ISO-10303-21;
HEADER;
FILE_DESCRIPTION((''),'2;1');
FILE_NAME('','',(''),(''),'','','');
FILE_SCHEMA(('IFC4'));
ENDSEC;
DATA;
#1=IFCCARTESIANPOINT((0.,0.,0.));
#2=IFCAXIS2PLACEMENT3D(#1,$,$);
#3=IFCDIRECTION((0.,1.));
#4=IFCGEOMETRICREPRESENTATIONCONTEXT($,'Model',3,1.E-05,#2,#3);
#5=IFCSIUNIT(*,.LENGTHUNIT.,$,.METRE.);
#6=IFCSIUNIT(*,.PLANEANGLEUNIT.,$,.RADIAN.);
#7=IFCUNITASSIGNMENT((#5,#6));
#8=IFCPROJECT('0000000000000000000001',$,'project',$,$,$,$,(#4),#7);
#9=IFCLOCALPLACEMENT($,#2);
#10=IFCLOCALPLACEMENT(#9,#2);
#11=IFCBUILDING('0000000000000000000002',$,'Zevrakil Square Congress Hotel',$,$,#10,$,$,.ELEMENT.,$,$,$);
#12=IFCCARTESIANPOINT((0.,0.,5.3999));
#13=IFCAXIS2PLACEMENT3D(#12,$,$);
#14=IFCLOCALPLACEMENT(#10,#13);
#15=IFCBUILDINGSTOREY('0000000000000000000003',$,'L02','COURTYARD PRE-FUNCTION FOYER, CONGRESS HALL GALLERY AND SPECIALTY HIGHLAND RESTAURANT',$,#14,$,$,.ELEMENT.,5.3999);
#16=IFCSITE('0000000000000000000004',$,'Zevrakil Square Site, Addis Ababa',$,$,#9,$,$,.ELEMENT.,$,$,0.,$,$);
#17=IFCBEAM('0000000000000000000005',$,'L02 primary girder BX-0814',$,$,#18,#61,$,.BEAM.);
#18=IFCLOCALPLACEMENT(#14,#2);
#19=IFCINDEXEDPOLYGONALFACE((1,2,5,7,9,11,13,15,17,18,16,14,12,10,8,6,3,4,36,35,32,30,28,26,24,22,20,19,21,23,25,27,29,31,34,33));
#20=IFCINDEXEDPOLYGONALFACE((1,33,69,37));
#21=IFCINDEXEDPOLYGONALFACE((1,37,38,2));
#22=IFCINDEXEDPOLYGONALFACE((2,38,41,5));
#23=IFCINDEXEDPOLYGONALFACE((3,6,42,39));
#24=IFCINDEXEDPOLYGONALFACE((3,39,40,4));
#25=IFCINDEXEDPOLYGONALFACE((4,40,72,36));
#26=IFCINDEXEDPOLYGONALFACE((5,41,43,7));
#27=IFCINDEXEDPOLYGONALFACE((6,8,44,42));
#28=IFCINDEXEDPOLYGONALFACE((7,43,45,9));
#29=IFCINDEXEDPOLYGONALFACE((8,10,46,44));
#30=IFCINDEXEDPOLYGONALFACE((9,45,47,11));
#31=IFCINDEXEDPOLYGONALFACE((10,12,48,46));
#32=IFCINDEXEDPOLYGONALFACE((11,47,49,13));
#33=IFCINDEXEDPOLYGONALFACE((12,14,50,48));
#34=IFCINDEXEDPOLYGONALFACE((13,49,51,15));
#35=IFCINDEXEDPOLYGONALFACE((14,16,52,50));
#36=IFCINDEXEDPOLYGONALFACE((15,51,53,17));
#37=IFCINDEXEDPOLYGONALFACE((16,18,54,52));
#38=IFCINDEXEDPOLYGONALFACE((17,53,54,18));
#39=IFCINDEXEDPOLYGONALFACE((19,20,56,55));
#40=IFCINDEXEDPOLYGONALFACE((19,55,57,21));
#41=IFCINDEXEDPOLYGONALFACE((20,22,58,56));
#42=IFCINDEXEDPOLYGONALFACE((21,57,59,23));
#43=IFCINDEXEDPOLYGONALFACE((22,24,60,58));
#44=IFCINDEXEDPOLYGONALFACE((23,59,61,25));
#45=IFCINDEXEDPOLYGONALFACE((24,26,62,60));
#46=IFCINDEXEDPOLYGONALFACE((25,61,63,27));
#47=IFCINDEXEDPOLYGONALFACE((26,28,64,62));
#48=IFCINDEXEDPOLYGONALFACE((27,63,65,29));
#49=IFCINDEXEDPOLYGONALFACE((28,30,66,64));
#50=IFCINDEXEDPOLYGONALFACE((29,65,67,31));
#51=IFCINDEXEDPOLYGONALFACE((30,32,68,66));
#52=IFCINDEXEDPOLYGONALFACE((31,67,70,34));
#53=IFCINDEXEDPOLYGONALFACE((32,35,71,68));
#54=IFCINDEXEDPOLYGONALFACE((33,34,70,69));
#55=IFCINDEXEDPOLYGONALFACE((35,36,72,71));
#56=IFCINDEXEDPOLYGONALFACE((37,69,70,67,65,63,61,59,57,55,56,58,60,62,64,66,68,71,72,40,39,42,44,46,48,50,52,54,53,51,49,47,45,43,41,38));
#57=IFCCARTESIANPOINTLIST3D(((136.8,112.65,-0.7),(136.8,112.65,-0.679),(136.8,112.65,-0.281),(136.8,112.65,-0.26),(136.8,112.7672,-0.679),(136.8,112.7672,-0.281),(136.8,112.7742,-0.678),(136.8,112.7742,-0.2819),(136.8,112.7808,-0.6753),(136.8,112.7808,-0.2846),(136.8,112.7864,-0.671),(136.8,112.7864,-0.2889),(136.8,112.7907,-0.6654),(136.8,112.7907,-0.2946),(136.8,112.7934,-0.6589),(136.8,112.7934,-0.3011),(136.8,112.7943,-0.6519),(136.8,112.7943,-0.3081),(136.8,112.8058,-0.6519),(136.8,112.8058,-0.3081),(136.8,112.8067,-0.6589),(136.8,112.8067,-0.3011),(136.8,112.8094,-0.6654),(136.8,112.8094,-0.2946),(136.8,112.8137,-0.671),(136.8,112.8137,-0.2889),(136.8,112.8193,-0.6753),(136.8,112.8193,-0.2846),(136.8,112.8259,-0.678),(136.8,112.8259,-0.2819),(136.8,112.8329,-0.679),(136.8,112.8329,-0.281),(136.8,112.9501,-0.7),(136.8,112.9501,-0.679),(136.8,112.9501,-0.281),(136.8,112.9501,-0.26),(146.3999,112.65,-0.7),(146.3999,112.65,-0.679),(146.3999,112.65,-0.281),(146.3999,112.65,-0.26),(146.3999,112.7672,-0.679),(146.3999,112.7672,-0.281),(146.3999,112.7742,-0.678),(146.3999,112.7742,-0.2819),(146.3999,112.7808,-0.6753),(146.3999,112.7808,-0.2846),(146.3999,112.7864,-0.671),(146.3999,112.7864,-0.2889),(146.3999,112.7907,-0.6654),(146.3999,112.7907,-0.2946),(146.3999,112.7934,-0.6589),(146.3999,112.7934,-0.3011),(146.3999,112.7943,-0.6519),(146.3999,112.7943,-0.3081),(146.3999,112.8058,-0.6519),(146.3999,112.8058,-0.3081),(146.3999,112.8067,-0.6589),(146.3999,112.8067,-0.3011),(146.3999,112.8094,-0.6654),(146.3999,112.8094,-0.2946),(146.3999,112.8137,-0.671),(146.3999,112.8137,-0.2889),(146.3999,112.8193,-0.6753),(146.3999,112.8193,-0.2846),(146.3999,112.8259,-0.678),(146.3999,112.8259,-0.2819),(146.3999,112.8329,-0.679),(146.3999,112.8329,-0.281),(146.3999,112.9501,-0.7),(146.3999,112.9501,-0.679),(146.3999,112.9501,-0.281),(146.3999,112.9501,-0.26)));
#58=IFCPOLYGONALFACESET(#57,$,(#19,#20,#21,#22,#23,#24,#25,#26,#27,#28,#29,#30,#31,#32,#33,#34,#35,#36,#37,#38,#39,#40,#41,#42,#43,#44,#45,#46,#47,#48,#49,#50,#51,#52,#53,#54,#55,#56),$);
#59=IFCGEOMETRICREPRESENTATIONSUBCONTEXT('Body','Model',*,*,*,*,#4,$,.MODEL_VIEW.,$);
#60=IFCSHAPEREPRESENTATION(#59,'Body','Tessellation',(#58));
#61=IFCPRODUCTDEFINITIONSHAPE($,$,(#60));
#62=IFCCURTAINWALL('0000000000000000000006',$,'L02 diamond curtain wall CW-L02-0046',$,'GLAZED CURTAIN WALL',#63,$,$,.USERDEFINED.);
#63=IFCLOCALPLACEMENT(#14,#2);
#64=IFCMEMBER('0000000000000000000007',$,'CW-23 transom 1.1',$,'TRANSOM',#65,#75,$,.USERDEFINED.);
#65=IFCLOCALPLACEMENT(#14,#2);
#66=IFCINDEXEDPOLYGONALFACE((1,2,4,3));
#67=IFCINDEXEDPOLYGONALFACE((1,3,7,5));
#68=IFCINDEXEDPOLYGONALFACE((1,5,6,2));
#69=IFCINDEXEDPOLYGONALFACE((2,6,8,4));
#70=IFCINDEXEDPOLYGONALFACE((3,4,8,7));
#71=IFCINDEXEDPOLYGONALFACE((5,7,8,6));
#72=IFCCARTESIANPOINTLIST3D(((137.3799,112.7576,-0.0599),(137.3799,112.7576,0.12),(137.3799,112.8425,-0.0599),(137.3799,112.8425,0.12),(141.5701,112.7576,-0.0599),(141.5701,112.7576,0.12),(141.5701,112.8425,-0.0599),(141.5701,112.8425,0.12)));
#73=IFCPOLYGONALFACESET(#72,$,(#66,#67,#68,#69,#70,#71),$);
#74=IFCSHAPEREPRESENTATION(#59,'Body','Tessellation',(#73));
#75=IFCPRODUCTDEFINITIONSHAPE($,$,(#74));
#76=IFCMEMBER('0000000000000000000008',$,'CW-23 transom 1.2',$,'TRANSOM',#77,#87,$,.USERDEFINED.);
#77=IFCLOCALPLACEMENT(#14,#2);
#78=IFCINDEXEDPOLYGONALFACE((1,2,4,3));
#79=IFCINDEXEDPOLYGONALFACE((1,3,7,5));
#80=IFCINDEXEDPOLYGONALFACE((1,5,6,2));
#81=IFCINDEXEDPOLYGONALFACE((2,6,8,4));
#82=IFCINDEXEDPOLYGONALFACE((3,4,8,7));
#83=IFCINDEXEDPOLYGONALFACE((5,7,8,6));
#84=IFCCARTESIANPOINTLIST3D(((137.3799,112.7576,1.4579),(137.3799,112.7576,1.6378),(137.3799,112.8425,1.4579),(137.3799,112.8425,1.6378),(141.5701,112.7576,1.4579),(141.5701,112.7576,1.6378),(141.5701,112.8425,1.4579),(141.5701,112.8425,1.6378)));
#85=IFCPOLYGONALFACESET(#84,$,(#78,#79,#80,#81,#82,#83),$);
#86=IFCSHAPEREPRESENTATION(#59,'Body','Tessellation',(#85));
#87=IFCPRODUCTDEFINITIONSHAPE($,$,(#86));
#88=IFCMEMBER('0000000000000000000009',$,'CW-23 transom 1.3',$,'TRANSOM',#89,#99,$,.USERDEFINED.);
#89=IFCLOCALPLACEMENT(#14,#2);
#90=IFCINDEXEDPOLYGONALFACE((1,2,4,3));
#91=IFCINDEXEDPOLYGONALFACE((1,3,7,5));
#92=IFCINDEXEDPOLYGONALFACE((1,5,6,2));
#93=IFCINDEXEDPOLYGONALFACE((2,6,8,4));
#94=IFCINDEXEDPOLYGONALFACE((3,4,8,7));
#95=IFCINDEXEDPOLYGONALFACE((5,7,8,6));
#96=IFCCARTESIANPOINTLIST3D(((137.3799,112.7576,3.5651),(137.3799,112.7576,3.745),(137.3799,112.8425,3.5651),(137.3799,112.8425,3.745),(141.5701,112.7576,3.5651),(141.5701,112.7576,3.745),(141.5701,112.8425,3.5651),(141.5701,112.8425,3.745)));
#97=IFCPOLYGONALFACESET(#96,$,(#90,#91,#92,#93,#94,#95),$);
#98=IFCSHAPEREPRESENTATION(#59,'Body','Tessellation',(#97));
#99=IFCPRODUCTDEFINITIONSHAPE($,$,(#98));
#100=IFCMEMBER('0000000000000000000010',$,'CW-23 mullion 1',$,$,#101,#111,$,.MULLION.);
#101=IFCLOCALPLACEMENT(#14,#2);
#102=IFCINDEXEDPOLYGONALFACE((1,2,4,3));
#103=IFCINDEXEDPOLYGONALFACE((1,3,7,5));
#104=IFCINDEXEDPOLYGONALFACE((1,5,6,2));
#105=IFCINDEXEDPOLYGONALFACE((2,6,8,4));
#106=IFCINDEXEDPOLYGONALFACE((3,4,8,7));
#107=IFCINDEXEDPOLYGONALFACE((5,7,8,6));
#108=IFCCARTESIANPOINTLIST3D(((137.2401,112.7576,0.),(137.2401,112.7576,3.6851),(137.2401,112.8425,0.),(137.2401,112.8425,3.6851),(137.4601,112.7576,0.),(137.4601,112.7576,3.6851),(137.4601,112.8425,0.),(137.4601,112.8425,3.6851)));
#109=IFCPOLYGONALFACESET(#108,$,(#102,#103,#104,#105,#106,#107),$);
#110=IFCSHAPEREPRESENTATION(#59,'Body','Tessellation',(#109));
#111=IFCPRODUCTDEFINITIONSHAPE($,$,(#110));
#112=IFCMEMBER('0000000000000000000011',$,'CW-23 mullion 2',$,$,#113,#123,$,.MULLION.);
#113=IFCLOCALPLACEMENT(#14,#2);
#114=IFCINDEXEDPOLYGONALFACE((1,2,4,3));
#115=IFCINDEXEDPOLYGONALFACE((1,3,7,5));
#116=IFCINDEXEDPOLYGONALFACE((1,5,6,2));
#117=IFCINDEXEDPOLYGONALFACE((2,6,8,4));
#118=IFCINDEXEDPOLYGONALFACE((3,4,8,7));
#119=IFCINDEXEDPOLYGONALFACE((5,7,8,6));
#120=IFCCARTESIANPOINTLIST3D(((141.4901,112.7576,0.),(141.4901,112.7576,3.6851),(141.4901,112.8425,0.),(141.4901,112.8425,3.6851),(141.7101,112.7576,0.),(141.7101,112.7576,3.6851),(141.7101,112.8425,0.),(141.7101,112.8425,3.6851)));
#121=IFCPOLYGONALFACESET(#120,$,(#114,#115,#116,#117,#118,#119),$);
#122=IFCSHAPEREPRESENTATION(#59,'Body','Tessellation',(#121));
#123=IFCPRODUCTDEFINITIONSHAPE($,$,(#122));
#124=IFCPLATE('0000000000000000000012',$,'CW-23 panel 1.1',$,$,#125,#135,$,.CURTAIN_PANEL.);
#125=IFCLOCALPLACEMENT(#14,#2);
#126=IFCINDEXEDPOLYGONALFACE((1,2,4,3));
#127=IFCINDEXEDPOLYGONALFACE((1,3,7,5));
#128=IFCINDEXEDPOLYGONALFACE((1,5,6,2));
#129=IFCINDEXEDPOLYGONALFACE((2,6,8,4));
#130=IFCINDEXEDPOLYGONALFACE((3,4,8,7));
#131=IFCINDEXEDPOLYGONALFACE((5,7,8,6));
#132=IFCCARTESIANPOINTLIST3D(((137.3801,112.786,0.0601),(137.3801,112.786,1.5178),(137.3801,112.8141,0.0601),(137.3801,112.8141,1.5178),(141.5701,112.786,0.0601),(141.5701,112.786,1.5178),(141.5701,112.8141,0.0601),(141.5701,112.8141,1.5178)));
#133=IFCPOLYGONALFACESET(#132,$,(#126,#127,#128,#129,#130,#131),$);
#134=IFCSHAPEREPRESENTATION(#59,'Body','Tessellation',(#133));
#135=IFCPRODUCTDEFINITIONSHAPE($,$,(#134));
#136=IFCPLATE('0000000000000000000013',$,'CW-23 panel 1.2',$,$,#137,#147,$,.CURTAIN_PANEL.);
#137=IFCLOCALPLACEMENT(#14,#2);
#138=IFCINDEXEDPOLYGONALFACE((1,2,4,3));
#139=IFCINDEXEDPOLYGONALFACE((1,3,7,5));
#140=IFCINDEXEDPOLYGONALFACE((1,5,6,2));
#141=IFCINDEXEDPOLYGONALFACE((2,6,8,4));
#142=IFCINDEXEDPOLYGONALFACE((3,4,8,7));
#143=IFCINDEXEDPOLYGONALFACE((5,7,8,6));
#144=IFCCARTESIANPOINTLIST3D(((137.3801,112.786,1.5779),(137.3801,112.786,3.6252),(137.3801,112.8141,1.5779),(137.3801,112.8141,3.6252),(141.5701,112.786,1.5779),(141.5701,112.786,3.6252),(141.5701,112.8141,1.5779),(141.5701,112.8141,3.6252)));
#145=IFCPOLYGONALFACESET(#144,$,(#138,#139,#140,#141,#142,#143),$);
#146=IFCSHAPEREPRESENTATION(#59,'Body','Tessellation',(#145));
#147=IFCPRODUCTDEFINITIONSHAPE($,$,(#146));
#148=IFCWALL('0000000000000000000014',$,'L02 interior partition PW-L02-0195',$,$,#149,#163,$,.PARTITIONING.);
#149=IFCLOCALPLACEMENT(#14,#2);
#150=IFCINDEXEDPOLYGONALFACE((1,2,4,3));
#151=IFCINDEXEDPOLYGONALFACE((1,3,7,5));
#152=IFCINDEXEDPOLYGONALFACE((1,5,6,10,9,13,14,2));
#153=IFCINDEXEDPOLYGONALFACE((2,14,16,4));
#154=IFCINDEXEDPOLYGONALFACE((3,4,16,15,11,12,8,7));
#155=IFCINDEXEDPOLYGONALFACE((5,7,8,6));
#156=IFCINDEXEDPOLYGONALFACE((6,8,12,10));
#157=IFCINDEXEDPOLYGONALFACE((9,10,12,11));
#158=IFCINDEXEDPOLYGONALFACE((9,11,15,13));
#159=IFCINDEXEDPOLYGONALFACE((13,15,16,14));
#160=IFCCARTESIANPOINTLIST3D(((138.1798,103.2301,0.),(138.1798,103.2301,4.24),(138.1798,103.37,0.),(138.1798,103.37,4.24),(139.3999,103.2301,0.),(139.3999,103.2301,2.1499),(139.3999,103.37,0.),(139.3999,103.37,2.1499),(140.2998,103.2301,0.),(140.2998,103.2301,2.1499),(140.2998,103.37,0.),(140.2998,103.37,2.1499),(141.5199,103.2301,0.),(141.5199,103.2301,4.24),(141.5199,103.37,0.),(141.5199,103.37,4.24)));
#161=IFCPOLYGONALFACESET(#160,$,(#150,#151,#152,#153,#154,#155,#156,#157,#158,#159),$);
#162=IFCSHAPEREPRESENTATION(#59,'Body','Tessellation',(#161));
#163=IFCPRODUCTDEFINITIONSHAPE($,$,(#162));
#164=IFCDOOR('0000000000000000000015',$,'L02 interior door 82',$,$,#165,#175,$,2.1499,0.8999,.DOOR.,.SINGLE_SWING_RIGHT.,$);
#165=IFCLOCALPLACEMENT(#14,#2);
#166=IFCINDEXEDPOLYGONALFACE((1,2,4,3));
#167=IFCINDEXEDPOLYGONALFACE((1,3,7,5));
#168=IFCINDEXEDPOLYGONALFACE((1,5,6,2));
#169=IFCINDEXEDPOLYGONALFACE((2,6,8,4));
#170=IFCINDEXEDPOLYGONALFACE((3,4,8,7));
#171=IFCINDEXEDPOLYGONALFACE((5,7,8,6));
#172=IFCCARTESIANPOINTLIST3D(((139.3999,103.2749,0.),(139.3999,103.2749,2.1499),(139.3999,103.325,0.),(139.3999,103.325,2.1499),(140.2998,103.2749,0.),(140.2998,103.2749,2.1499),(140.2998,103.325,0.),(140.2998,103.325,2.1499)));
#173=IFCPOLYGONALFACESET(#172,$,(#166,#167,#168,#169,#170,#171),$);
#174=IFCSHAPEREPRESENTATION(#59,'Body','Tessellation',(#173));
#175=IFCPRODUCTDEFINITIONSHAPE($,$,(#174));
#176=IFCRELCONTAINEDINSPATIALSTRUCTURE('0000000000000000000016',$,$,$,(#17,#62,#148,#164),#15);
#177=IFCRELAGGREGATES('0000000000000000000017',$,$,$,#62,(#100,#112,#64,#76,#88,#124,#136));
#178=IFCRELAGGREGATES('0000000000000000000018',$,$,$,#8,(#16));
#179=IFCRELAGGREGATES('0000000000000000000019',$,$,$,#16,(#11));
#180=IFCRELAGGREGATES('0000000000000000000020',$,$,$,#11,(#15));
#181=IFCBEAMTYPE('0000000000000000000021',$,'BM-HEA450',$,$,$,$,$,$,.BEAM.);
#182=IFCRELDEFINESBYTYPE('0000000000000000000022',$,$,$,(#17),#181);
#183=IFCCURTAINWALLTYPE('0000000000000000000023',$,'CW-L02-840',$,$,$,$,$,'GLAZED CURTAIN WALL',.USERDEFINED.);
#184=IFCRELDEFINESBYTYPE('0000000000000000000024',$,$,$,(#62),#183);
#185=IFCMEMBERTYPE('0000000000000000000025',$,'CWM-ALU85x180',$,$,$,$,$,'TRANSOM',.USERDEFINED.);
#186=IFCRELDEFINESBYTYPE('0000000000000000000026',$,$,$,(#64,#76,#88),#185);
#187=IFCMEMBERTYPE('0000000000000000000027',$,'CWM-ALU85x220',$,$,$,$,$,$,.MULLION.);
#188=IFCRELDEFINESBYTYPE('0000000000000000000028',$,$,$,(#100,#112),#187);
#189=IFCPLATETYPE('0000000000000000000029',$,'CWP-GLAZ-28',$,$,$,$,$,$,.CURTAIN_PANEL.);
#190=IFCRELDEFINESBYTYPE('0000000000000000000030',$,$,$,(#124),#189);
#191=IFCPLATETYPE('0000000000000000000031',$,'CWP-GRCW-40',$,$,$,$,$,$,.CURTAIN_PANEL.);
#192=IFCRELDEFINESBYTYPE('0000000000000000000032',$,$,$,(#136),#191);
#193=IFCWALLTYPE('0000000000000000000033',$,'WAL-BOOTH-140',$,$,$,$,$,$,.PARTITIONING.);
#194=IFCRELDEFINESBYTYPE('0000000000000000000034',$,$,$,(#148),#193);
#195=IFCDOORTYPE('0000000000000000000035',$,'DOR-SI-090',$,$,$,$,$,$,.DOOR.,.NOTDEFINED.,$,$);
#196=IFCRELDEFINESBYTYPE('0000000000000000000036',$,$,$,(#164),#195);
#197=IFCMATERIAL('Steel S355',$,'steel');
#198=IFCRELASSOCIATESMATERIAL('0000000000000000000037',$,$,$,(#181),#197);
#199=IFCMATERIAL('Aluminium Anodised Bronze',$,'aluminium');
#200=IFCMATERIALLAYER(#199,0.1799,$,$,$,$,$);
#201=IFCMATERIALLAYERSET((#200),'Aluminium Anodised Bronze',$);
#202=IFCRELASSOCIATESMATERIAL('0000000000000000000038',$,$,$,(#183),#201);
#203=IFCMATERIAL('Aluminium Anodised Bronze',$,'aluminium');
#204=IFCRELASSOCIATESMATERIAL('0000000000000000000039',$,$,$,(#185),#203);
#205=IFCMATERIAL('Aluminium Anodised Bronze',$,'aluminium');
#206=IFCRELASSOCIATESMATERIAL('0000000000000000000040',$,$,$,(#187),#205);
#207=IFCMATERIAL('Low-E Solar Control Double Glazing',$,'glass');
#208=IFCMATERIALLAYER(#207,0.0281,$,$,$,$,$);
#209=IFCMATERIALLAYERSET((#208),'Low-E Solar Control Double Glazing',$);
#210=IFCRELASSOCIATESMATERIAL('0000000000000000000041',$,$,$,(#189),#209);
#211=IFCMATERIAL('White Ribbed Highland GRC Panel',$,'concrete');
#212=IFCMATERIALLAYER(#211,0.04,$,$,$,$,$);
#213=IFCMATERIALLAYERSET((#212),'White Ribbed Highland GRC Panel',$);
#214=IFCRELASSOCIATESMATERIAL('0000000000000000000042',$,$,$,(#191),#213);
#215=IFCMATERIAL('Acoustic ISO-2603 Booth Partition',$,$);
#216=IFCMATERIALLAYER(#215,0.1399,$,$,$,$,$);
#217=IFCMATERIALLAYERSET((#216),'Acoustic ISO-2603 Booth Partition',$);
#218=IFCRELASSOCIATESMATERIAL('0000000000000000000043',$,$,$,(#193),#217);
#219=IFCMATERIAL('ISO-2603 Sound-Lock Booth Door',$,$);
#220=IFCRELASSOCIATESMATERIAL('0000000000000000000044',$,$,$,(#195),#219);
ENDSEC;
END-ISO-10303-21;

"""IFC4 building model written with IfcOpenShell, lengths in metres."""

from ifc_helpers import new_model, si_unit, direction, frame, frame_2d, origin, origin_2d, place, context, subcontext, project, spatial, rectangle, i_section, extrude, material, layer, layer_set, material_profile, profile_set, type_object, element, fill, aggregate, save


model = new_model("IFC4")

# Units and contexts
model_context = context("Model", 3, precision=1e-05, world=origin(), true_north=direction((0.0, 1.0)))
body_context = subcontext(model_context, "Body", "Model", "MODEL_VIEW")
ifc_project = project(units=[si_unit("LENGTHUNIT", "METRE"), si_unit("PLANEANGLEUNIT", "RADIAN")], contexts=[model_context])

# Site, building, storey
site_placement = place(None, origin())
site = spatial("IfcSite", under=ifc_project, at=site_placement, Name="Zevrakil Square Site, Addis Ababa", CompositionType="ELEMENT", RefElevation=0.0)
building_placement = place(site_placement, origin())
building = spatial("IfcBuilding", under=site, at=building_placement, Name="Zevrakil Square Congress Hotel", CompositionType="ELEMENT")
storey_placement = place(building_placement, frame((0.0, 0.0, 5.3999)))
storey = spatial("IfcBuildingStorey", under=building, at=storey_placement, Name="L02", Description="COURTYARD PRE-FUNCTION FOYER, CONGRESS HALL GALLERY AND SPECIALTY HIGHLAND RESTAURANT", CompositionType="ELEMENT", Elevation=5.3999)

# Beam
ifc_material_1 = material(Name="Steel S355", Category="steel")
ifc_material_profile_1 = material_profile(ifc_material_1, i_section(OverallWidth=0.3, OverallDepth=0.4399, WebThickness=0.0115, FlangeThickness=0.021, FilletRadius=0.0271, at=origin_2d()), Name="HEA 450")
ifc_profile_set_1 = profile_set([ifc_material_profile_1], Name="Steel S355")
beam_type = type_object("IfcBeamType", Name="BM-HEA450", PredefinedType="BEAM", material=ifc_profile_set_1)
beam_placement = place(storey_placement, frame((136.8, 112.8, -0.48), z_axis=(1.0, 0.0, 0.0), x_axis=(0.0, 1.0, 0.0)))
element("IfcBeam", 1, at=beam_placement, inside=storey, type_object=beam_type, Name="L02 primary girder BX-0814", PredefinedType="BEAM", context=body_context, shape_type="SweptSolid", body=[
    extrude(i_section(OverallWidth=0.3, OverallDepth=0.4399, WebThickness=0.0115, FlangeThickness=0.021, FilletRadius=0.0271, at=origin_2d()), origin(), (0.0, 0.0, 1.0), 9.5999),
])

# Curtain wall, members, plates
ifc_material_2 = material(Name="Aluminium Anodised Bronze", Category="aluminium")
ifc_layer_1 = layer(ifc_material_2, 0.1799)
ifc_layer_set_1 = layer_set([ifc_layer_1], Name="Aluminium Anodised Bronze")
curtain_wall_type = type_object("IfcCurtainWallType", Name="CW-L02-840", ElementType="GLAZED CURTAIN WALL", PredefinedType="USERDEFINED", material=ifc_layer_set_1)
curtain_wall_placement = place(storey_placement, origin())
curtain_wall = element("IfcCurtainWall", 2, at=curtain_wall_placement, inside=storey, type_object=curtain_wall_type, Name="L02 diamond curtain wall CW-L02-0046", ObjectType="GLAZED CURTAIN WALL", PredefinedType="USERDEFINED")
ifc_material_3 = material(Name="Aluminium Anodised Bronze", Category="aluminium")
ifc_material_profile_2 = material_profile(ifc_material_3, rectangle(XDim=0.085, YDim=0.1799, at=origin_2d()), Name="ALU 85x180")
ifc_profile_set_2 = profile_set([ifc_material_profile_2], Name="Aluminium Anodised Bronze")
member_type_1 = type_object("IfcMemberType", Name="CWM-ALU85x180", ElementType="TRANSOM", PredefinedType="USERDEFINED", material=ifc_profile_set_2)
member_1_placement = place(storey_placement, frame((137.3799, 112.8, 0.03), z_axis=(1.0, 0.0, 0.0), x_axis=(0.0, 1.0, 0.0)))
member_1 = element("IfcMember", 3, at=member_1_placement, type_object=member_type_1, Name="CW-23 transom 1.1", ObjectType="TRANSOM", PredefinedType="USERDEFINED", context=body_context, shape_type="SweptSolid", body=[
    extrude(rectangle(XDim=0.085, YDim=0.1799, at=origin_2d()), origin(), (0.0, 0.0, 1.0), 4.1902),
])
member_2_placement = place(storey_placement, frame((137.3799, 112.8, 1.5479), z_axis=(1.0, 0.0, 0.0), x_axis=(0.0, 1.0, 0.0)))
member_2 = element("IfcMember", 4, at=member_2_placement, type_object=member_type_1, Name="CW-23 transom 1.2", ObjectType="TRANSOM", PredefinedType="USERDEFINED", context=body_context, shape_type="SweptSolid", body=[
    extrude(rectangle(XDim=0.085, YDim=0.1799, at=origin_2d()), origin(), (0.0, 0.0, 1.0), 4.1902),
])
member_3_placement = place(storey_placement, frame((137.3799, 112.8, 3.655), z_axis=(1.0, 0.0, 0.0), x_axis=(0.0, 1.0, 0.0)))
member_3 = element("IfcMember", 5, at=member_3_placement, type_object=member_type_1, Name="CW-23 transom 1.3", ObjectType="TRANSOM", PredefinedType="USERDEFINED", context=body_context, shape_type="SweptSolid", body=[
    extrude(rectangle(XDim=0.085, YDim=0.1799, at=origin_2d()), origin(), (0.0, 0.0, 1.0), 4.1902),
])
ifc_material_4 = material(Name="Aluminium Anodised Bronze", Category="aluminium")
ifc_material_profile_3 = material_profile(ifc_material_4, rectangle(XDim=0.085, YDim=0.22, at=origin_2d()), Name="ALU 85x220")
ifc_profile_set_3 = profile_set([ifc_material_profile_3], Name="Aluminium Anodised Bronze")
member_type_2 = type_object("IfcMemberType", Name="CWM-ALU85x220", PredefinedType="MULLION", material=ifc_profile_set_3)
member_4_placement = place(storey_placement, frame((137.3501, 112.8, 0.0), z_axis=(0.0, 0.0, 1.0), x_axis=(0.0, 1.0, 0.0)))
member_4 = element("IfcMember", 6, at=member_4_placement, type_object=member_type_2, Name="CW-23 mullion 1", PredefinedType="MULLION", context=body_context, shape_type="SweptSolid", body=[
    extrude(rectangle(XDim=0.085, YDim=0.22, at=origin_2d()), origin(), (0.0, 0.0, 1.0), 3.6851),
])
member_5_placement = place(storey_placement, frame((141.6001, 112.8, 0.0), z_axis=(0.0, 0.0, 1.0), x_axis=(0.0, 1.0, 0.0)))
member_5 = element("IfcMember", 7, at=member_5_placement, type_object=member_type_2, Name="CW-23 mullion 2", PredefinedType="MULLION", context=body_context, shape_type="SweptSolid", body=[
    extrude(rectangle(XDim=0.085, YDim=0.22, at=origin_2d()), origin(), (0.0, 0.0, 1.0), 3.6851),
])
ifc_material_5 = material(Name="Low-E Solar Control Double Glazing", Category="glass")
ifc_layer_2 = layer(ifc_material_5, 0.0281)
ifc_layer_set_2 = layer_set([ifc_layer_2], Name="Low-E Solar Control Double Glazing")
plate_type_1 = type_object("IfcPlateType", Name="CWP-GLAZ-28", PredefinedType="CURTAIN_PANEL", material=ifc_layer_set_2)
plate_1_placement = place(storey_placement, frame((139.4751, 112.8, 0.0601), z_axis=(0.0, 0.0, 1.0), x_axis=(1.0, 0.0, 0.0)))
plate_1 = element("IfcPlate", 8, at=plate_1_placement, type_object=plate_type_1, Name="CW-23 panel 1.1", PredefinedType="CURTAIN_PANEL", context=body_context, shape_type="SweptSolid", body=[
    extrude(rectangle(XDim=4.1899, YDim=0.0281, at=origin_2d()), origin(), (0.0, 0.0, 1.0), 1.4578),
])
ifc_material_6 = material(Name="White Ribbed Highland GRC Panel", Category="concrete")
ifc_layer_3 = layer(ifc_material_6, 0.04)
ifc_layer_set_3 = layer_set([ifc_layer_3], Name="White Ribbed Highland GRC Panel")
plate_type_2 = type_object("IfcPlateType", Name="CWP-GRCW-40", PredefinedType="CURTAIN_PANEL", material=ifc_layer_set_3)
plate_2_placement = place(storey_placement, frame((139.4751, 112.8, 1.5779), z_axis=(0.0, 0.0, 1.0), x_axis=(1.0, 0.0, 0.0)))
plate_2 = element("IfcPlate", 9, at=plate_2_placement, type_object=plate_type_2, Name="CW-23 panel 1.2", PredefinedType="CURTAIN_PANEL", context=body_context, shape_type="SweptSolid", body=[
    extrude(rectangle(XDim=4.1899, YDim=0.0281, at=origin_2d()), origin(), (0.0, 0.0, 1.0), 2.0474),
])
aggregate(curtain_wall, [member_4, member_5, member_1, member_2, member_3, plate_1, plate_2])

# Wall, opening, door
ifc_material_7 = material(Name="Acoustic ISO-2603 Booth Partition")
ifc_layer_4 = layer(ifc_material_7, 0.1399)
ifc_layer_set_4 = layer_set([ifc_layer_4], Name="Acoustic ISO-2603 Booth Partition")
wall_type = type_object("IfcWallType", Name="WAL-BOOTH-140", PredefinedType="PARTITIONING", material=ifc_layer_set_4)
wall_placement = place(storey_placement, frame((138.1799, 103.3, 0.0), z_axis=(0.0, 0.0, 1.0), x_axis=(1.0, 0.0, 0.0)))
wall = element("IfcWall", 10, at=wall_placement, inside=storey, type_object=wall_type, Name="L02 interior partition PW-L02-0195", PredefinedType="PARTITIONING", context=body_context, shape_type="SweptSolid", body=[
    extrude(rectangle(XDim=3.3401, YDim=0.1399, at=frame_2d((1.6699, 0.0))), origin(), (0.0, 0.0, 1.0), 4.24),
])
opening_placement = place(wall_placement, frame((1.22, 0.0, 0.0)))
opening = element("IfcOpeningElement", 11, at=opening_placement, cuts=wall, PredefinedType="OPENING", context=body_context, shape_type="SweptSolid", body=[
    extrude(rectangle(XDim=0.8999, YDim=2.1499, at=frame_2d((0.45, 1.075))), frame((0.0, 0.0801, 0.0), z_axis=(0.0, -1.0, 0.0), x_axis=(1.0, 0.0, 0.0)), (0.0, 0.0, 1.0), 0.1599),
])
ifc_material_8 = material(Name="ISO-2603 Sound-Lock Booth Door")
door_type = type_object("IfcDoorType", Name="DOR-SI-090", OperationType="NOTDEFINED", PredefinedType="DOOR", material=ifc_material_8)
door_placement = place(opening_placement, origin())
door = element("IfcDoor", 12, at=door_placement, inside=storey, type_object=door_type, Name="L02 interior door 82", OperationType="SINGLE_SWING_RIGHT", OverallHeight=2.1499, OverallWidth=0.8999, PredefinedType="DOOR", context=body_context, shape_type="SweptSolid", body=[
    extrude(rectangle(XDim=0.8999, YDim=2.1499, at=frame_2d((0.45, 1.075))), frame((0.0, 0.0249, 0.0), z_axis=(0.0, -1.0, 0.0), x_axis=(1.0, 0.0, 0.0)), (0.0, 0.0, 1.0), 0.05),
])
fill(opening, door)

save(model, "model.ifc")
